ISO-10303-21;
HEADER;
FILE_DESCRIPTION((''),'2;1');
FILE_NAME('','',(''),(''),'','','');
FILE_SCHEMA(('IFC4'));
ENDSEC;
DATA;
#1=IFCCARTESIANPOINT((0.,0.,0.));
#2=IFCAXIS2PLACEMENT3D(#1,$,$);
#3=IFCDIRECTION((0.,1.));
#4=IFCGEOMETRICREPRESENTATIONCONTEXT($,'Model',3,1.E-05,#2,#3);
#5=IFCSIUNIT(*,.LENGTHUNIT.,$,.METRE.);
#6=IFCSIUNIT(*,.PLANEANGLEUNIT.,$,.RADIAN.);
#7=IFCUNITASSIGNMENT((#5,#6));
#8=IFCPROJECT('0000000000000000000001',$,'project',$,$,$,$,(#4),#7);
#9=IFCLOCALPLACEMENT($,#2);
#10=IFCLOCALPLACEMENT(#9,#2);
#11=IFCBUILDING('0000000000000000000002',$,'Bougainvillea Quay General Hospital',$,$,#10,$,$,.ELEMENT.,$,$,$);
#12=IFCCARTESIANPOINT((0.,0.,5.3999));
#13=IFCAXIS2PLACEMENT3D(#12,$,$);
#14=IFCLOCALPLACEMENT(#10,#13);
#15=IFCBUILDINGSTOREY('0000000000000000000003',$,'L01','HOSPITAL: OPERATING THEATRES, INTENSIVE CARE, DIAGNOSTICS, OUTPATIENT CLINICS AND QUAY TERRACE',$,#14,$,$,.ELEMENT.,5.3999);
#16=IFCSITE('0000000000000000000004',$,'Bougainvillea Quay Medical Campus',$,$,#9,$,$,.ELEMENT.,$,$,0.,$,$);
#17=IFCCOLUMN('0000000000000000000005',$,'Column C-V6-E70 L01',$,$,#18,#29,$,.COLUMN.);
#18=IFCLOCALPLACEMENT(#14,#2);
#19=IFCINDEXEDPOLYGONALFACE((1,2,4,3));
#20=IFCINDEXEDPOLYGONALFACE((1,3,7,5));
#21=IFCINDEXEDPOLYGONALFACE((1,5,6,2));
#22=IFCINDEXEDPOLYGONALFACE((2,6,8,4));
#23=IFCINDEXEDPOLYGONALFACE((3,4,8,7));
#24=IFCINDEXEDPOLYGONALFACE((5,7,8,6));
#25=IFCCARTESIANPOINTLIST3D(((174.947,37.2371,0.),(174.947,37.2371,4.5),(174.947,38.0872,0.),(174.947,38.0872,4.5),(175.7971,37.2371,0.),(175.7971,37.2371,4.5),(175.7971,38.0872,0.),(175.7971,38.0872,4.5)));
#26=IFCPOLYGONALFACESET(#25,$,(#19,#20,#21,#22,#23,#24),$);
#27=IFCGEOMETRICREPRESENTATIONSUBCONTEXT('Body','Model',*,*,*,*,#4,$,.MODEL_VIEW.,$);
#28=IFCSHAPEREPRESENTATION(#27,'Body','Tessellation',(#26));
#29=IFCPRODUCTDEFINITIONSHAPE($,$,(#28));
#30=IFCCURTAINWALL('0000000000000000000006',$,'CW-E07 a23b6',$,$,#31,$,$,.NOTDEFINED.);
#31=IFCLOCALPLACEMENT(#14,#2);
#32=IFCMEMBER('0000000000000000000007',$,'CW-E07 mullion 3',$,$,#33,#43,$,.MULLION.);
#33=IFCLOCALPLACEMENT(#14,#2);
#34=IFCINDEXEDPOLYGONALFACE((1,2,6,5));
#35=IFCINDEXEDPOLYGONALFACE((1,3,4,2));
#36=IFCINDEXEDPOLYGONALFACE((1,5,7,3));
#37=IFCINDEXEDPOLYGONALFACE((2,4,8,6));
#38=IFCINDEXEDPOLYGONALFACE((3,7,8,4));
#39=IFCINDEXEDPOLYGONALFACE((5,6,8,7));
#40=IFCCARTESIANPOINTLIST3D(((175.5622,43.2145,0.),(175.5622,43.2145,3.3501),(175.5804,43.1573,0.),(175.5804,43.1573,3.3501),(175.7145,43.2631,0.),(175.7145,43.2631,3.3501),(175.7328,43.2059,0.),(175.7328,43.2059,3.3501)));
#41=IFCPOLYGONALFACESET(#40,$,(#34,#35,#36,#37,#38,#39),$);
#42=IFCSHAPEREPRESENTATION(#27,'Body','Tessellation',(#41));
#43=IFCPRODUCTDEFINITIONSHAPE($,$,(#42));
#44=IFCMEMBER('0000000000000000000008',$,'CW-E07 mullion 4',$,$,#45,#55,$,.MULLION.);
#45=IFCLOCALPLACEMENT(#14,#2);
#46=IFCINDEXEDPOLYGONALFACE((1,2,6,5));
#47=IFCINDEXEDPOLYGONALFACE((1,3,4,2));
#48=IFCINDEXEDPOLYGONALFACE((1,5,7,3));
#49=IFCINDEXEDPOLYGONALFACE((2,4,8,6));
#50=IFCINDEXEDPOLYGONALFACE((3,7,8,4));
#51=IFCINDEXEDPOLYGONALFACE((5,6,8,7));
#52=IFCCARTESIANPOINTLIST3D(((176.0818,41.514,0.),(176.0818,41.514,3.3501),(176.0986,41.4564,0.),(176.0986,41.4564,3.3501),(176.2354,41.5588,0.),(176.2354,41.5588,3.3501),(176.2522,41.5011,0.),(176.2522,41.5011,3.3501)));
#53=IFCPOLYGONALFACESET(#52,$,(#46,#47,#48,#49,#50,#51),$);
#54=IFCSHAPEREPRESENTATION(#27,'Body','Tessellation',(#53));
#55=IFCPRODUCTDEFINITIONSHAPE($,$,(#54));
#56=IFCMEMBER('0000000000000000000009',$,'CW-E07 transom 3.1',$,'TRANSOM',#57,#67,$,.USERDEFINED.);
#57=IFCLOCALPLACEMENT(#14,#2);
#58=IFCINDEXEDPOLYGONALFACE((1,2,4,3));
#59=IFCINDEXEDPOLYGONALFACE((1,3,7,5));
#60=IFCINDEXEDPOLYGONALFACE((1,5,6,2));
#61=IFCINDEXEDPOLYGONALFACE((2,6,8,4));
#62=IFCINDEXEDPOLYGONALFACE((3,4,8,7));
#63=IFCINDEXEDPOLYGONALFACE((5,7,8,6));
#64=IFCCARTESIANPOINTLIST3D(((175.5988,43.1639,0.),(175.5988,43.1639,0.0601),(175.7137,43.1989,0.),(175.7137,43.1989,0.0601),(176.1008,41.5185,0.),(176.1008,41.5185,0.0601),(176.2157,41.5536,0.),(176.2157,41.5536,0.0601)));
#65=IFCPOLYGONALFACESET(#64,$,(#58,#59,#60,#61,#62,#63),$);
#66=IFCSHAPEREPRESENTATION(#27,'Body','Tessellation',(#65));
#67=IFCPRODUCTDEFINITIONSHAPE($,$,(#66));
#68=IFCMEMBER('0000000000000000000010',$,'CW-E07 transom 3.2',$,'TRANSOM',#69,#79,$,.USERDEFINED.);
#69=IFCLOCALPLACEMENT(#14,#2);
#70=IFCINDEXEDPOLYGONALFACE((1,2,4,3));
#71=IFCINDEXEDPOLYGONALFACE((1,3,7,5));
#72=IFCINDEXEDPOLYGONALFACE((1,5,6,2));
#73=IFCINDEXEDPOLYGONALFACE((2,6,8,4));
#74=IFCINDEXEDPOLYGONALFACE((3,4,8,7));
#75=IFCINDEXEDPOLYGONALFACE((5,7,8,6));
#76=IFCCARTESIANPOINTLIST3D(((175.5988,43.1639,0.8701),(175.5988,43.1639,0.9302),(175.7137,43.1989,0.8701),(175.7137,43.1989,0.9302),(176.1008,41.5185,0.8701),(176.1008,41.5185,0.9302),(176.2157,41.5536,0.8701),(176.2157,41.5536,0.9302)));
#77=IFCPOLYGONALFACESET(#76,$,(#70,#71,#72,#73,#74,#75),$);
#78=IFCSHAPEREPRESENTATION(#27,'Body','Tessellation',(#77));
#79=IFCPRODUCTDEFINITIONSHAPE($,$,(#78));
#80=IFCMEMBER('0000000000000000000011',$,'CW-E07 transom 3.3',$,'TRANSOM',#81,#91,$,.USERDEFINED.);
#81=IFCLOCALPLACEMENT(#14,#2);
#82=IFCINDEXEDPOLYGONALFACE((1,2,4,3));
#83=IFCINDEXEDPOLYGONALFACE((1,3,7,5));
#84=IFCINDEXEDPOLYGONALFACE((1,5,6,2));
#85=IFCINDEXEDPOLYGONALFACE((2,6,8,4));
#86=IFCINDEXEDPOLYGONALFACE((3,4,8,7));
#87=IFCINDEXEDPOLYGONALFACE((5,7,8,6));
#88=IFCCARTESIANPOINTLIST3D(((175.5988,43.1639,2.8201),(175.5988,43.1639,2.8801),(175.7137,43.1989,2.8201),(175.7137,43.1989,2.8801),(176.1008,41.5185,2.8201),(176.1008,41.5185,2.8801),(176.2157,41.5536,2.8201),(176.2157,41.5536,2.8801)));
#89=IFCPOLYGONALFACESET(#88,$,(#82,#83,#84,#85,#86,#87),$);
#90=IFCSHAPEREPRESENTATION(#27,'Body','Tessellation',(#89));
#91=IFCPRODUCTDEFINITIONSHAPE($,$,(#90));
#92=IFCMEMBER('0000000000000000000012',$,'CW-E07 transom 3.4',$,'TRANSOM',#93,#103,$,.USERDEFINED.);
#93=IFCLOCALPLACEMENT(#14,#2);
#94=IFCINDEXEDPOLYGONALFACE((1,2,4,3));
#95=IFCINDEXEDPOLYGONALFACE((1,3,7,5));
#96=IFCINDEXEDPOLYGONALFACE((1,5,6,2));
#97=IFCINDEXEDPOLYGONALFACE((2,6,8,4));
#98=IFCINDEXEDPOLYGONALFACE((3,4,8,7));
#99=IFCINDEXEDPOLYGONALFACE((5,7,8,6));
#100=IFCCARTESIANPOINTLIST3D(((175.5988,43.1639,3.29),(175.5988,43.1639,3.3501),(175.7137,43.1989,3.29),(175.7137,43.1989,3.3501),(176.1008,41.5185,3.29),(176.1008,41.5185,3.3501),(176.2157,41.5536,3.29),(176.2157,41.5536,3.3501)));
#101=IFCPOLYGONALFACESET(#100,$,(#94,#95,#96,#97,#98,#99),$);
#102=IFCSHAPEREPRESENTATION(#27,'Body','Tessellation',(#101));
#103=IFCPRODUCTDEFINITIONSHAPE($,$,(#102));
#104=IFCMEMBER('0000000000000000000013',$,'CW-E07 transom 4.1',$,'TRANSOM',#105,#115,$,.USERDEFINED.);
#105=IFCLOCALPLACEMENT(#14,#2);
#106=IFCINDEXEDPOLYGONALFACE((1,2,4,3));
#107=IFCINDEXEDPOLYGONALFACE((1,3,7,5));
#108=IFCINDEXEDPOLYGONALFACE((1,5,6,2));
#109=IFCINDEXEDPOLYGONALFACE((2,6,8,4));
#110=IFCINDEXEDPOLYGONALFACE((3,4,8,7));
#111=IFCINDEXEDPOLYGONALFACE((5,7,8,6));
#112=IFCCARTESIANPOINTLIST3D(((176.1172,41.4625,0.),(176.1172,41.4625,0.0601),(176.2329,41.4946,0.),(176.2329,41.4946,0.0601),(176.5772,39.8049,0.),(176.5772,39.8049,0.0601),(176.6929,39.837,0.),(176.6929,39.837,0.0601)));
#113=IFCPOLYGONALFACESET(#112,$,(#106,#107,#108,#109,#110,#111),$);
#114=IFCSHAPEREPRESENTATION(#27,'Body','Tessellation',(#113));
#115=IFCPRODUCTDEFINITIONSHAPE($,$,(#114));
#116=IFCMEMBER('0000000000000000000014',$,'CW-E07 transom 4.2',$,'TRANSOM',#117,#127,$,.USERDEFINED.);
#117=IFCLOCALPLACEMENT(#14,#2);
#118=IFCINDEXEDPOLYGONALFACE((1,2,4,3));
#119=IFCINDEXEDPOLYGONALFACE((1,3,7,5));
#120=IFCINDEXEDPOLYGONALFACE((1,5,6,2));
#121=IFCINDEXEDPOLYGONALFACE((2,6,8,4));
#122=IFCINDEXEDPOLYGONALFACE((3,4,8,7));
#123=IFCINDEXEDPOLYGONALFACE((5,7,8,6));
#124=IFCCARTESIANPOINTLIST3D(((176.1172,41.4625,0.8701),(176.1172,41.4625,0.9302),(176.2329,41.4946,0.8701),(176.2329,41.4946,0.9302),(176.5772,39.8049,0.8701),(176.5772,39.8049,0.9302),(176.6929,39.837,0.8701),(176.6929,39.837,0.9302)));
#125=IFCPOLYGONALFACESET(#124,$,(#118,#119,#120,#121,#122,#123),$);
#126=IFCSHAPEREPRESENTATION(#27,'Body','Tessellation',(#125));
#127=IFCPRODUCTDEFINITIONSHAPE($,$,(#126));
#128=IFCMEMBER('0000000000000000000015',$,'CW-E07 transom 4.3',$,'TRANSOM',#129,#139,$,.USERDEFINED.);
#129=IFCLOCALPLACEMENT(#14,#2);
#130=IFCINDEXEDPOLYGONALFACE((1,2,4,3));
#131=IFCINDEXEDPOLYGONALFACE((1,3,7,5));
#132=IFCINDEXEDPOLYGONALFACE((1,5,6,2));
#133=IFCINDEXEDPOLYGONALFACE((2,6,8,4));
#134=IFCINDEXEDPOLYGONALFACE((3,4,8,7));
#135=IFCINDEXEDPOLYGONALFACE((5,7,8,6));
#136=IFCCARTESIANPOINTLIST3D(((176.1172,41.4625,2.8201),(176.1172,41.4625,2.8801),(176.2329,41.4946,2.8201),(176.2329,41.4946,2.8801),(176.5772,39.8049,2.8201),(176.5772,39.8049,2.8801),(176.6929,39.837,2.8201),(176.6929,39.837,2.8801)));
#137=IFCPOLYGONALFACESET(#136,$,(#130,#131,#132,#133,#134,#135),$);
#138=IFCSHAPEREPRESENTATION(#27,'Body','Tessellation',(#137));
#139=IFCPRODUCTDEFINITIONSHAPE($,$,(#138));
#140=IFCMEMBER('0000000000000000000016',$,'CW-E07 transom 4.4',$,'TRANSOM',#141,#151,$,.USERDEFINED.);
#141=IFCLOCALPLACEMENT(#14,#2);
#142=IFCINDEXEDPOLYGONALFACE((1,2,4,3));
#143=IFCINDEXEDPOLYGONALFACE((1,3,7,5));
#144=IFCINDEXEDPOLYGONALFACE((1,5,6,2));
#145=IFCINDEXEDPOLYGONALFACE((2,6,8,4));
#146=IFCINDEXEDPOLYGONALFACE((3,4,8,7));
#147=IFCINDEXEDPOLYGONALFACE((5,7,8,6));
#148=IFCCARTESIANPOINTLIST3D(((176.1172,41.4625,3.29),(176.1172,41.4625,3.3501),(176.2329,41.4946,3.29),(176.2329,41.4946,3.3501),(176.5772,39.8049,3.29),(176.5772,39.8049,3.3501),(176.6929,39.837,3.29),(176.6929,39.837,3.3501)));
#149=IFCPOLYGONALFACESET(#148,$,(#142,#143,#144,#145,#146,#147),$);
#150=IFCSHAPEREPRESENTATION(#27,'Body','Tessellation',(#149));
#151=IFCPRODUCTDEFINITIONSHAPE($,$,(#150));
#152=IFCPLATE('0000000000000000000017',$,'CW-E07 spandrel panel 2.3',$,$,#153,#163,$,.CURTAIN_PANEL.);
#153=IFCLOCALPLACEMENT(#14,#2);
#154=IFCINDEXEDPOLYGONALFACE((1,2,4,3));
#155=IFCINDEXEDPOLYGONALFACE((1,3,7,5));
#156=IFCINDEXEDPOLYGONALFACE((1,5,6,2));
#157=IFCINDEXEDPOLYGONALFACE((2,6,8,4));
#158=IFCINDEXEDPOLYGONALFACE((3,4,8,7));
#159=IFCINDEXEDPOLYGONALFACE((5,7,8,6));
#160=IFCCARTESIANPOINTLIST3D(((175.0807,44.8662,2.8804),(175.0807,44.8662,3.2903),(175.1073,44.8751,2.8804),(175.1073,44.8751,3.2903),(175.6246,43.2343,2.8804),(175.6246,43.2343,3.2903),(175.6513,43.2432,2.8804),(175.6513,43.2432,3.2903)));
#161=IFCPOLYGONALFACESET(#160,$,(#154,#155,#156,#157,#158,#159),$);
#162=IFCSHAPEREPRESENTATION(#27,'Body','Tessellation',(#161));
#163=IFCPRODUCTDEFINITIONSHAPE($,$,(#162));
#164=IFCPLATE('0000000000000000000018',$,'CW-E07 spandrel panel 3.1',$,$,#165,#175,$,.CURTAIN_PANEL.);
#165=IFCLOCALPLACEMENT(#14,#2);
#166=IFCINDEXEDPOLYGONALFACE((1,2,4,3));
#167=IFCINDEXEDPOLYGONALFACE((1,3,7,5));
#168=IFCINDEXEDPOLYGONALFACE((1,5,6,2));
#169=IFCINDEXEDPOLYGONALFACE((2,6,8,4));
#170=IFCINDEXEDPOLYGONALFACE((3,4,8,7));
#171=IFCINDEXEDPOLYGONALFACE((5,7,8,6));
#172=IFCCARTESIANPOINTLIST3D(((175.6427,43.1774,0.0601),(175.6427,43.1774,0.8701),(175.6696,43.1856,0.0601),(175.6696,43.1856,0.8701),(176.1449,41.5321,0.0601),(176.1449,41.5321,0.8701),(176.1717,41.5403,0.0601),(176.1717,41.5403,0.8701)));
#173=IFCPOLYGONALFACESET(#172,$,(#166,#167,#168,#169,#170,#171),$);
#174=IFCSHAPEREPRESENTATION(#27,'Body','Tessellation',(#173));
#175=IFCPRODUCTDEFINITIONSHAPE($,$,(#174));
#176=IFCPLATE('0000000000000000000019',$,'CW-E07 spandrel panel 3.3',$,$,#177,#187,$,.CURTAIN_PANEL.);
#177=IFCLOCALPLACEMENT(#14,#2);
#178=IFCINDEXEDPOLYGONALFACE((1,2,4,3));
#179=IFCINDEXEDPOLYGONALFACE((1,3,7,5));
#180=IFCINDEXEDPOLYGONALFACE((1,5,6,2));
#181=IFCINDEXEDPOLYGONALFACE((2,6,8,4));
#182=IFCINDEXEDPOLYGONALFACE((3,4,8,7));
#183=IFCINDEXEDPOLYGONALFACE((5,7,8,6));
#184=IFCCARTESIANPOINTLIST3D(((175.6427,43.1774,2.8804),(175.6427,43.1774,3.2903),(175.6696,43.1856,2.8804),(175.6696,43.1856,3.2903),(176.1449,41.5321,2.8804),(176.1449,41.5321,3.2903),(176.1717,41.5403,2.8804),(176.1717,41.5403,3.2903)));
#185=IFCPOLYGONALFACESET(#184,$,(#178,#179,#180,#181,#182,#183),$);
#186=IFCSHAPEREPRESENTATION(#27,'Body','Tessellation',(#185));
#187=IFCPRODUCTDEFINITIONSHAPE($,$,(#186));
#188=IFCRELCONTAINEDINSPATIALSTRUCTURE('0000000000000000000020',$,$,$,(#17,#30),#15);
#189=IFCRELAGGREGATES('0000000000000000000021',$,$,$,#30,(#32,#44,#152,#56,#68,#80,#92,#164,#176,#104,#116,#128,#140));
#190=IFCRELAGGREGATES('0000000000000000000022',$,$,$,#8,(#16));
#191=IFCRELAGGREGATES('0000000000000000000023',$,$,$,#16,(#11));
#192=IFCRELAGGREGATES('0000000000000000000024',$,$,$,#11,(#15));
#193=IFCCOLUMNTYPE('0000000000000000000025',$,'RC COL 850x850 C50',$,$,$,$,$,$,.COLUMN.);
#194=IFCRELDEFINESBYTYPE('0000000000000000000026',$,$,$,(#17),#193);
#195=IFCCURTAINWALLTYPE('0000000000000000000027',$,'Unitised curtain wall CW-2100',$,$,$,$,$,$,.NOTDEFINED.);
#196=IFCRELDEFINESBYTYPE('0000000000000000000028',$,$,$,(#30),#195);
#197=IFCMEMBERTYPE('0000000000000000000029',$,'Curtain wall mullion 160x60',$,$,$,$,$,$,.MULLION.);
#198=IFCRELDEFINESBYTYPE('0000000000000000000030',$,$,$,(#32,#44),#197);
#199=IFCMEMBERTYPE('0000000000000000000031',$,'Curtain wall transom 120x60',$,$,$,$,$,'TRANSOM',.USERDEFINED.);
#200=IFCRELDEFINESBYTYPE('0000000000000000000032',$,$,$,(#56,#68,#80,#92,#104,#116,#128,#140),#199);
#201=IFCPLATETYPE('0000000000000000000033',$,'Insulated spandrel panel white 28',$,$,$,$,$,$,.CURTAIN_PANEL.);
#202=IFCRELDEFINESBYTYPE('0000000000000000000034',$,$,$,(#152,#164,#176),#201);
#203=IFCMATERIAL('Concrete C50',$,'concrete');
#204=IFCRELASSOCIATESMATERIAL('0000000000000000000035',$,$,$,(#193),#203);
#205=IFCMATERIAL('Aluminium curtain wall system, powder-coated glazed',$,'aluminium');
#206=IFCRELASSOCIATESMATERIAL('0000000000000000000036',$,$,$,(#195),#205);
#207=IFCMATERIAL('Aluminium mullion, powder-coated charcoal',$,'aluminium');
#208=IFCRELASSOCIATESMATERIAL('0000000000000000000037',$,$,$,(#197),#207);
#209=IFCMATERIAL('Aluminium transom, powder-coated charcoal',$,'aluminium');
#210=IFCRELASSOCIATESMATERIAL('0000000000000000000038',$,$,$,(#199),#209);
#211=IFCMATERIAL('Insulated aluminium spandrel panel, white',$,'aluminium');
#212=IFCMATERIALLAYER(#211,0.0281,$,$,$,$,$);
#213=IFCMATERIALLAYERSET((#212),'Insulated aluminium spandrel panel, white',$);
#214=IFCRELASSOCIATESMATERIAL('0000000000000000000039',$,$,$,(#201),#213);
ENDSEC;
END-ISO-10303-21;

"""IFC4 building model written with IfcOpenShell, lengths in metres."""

from ifc_helpers import new_model, si_unit, direction, frame, origin, origin_2d, place, context, subcontext, project, spatial, rectangle, extrude, material, layer, layer_set, material_profile, profile_set, type_object, element, aggregate, save


model = new_model("IFC4")

# Units and contexts
model_context = context("Model", 3, precision=1e-05, world=origin(), true_north=direction((0.0, 1.0)))
body_context = subcontext(model_context, "Body", "Model", "MODEL_VIEW")
ifc_project = project(units=[si_unit("LENGTHUNIT", "METRE"), si_unit("PLANEANGLEUNIT", "RADIAN")], contexts=[model_context])

# Site, building, storey
site_placement = place(None, origin())
site = spatial("IfcSite", under=ifc_project, at=site_placement, Name="Bougainvillea Quay Medical Campus", CompositionType="ELEMENT", RefElevation=0.0)
building_placement = place(site_placement, origin())
building = spatial("IfcBuilding", under=site, at=building_placement, Name="Bougainvillea Quay General Hospital", CompositionType="ELEMENT")
storey_placement = place(building_placement, frame((0.0, 0.0, 5.3999)))
storey = spatial("IfcBuildingStorey", under=building, at=storey_placement, Name="L01", Description="HOSPITAL: OPERATING THEATRES, INTENSIVE CARE, DIAGNOSTICS, OUTPATIENT CLINICS AND QUAY TERRACE", CompositionType="ELEMENT", Elevation=5.3999)

# Column
ifc_material_1 = material(Name="Concrete C50", Category="concrete")
ifc_material_profile_1 = material_profile(ifc_material_1, rectangle(XDim=0.8501, YDim=0.8501, at=origin_2d()))
ifc_profile_set_1 = profile_set([ifc_material_profile_1], Name="Concrete C50")
column_type = type_object("IfcColumnType", Name="RC COL 850x850 C50", PredefinedType="COLUMN", material=ifc_profile_set_1)
column_placement = place(storey_placement, frame((175.3721, 37.6621, 0.0), z_axis=(0.0, 0.0, 1.0), x_axis=(1.0, 0.0, 0.0)))
element("IfcColumn", 1, at=column_placement, inside=storey, type_object=column_type, Name="Column C-V6-E70 L01", PredefinedType="COLUMN", context=body_context, shape_type="SweptSolid", body=[
    extrude(rectangle(XDim=0.8501, YDim=0.8501, at=origin_2d()), origin(), (0.0, 0.0, 1.0), 4.5),
])

# Curtain wall, members, plates
ifc_material_2 = material(Name="Aluminium curtain wall system, powder-coated glazed", Category="aluminium")
curtain_wall_type = type_object("IfcCurtainWallType", Name="Unitised curtain wall CW-2100", PredefinedType="NOTDEFINED", material=ifc_material_2)
curtain_wall_placement = place(storey_placement, origin())
curtain_wall = element("IfcCurtainWall", 2, at=curtain_wall_placement, inside=storey, type_object=curtain_wall_type, Name="CW-E07 a23b6", PredefinedType="NOTDEFINED")
ifc_material_3 = material(Name="Aluminium mullion, powder-coated charcoal", Category="aluminium")
ifc_material_profile_2 = material_profile(ifc_material_3, rectangle(XDim=0.1599, YDim=0.0601, at=origin_2d()))
ifc_profile_set_2 = profile_set([ifc_material_profile_2], Name="Aluminium mullion, powder-coated charcoal")
member_type_1 = type_object("IfcMemberType", Name="Curtain wall mullion 160x60", PredefinedType="MULLION", material=ifc_profile_set_2)
member_1_placement = place(storey_placement, frame((175.6475, 43.2102, 0.0), z_axis=(0.0, 0.0, 1.0), x_axis=(0.952644, 0.304086, 0.0)))
member_1 = element("IfcMember", 3, at=member_1_placement, type_object=member_type_1, Name="CW-E07 mullion 3", PredefinedType="MULLION", context=body_context, shape_type="SweptSolid", body=[
    extrude(rectangle(XDim=0.1599, YDim=0.0601, at=origin_2d()), origin(), (0.0, 0.0, 1.0), 3.3501),
])
member_2_placement = place(storey_placement, frame((176.167, 41.5076, 0.0), z_axis=(0.0, 0.0, 1.0), x_axis=(0.960095, 0.279675, 0.0)))
member_2 = element("IfcMember", 4, at=member_2_placement, type_object=member_type_1, Name="CW-E07 mullion 4", PredefinedType="MULLION", context=body_context, shape_type="SweptSolid", body=[
    extrude(rectangle(XDim=0.1599, YDim=0.0601, at=origin_2d()), origin(), (0.0, 0.0, 1.0), 3.3501),
])
ifc_material_4 = material(Name="Aluminium transom, powder-coated charcoal", Category="aluminium")
ifc_material_profile_3 = material_profile(ifc_material_4, rectangle(XDim=0.1201, YDim=0.0601, at=origin_2d()))
ifc_profile_set_3 = profile_set([ifc_material_profile_3], Name="Aluminium transom, powder-coated charcoal")
member_type_2 = type_object("IfcMemberType", Name="Curtain wall transom 120x60", ElementType="TRANSOM", PredefinedType="USERDEFINED", material=ifc_profile_set_3)
member_3_placement = place(storey_placement, frame((175.6562, 43.1814, 0.03), z_axis=(0.291811, -0.956476, 0.0), x_axis=(0.956476, 0.291811, 0.0)))
member_3 = element("IfcMember", 5, at=member_3_placement, type_object=member_type_2, Name="CW-E07 transom 3.1", ObjectType="TRANSOM", PredefinedType="USERDEFINED", context=body_context, shape_type="SweptSolid", body=[
    extrude(rectangle(XDim=0.1201, YDim=0.0601, at=origin_2d()), origin(), (0.0, 0.0, 1.0), 1.7202),
])
member_4_placement = place(storey_placement, frame((175.6562, 43.1814, 0.9001), z_axis=(0.291811, -0.956476, 0.0), x_axis=(0.956476, 0.291811, 0.0)))
member_4 = element("IfcMember", 6, at=member_4_placement, type_object=member_type_2, Name="CW-E07 transom 3.2", ObjectType="TRANSOM", PredefinedType="USERDEFINED", context=body_context, shape_type="SweptSolid", body=[
    extrude(rectangle(XDim=0.1201, YDim=0.0601, at=origin_2d()), origin(), (0.0, 0.0, 1.0), 1.7202),
])
member_5_placement = place(storey_placement, frame((175.6562, 43.1814, 2.8501), z_axis=(0.291811, -0.956476, 0.0), x_axis=(0.956476, 0.291811, 0.0)))
member_5 = element("IfcMember", 7, at=member_5_placement, type_object=member_type_2, Name="CW-E07 transom 3.3", ObjectType="TRANSOM", PredefinedType="USERDEFINED", context=body_context, shape_type="SweptSolid", body=[
    extrude(rectangle(XDim=0.1201, YDim=0.0601, at=origin_2d()), origin(), (0.0, 0.0, 1.0), 1.7202),
])
member_6_placement = place(storey_placement, frame((175.6562, 43.1814, 3.3201), z_axis=(0.291811, -0.956476, 0.0), x_axis=(0.956476, 0.291811, 0.0)))
member_6 = element("IfcMember", 8, at=member_6_placement, type_object=member_type_2, Name="CW-E07 transom 3.4", ObjectType="TRANSOM", PredefinedType="USERDEFINED", context=body_context, shape_type="SweptSolid", body=[
    extrude(rectangle(XDim=0.1201, YDim=0.0601, at=origin_2d()), origin(), (0.0, 0.0, 1.0), 1.7202),
])
member_7_placement = place(storey_placement, frame((176.175, 41.4785, 0.03), z_axis=(0.267402, -0.963585, 0.0), x_axis=(0.963585, 0.267402, 0.0)))
member_7 = element("IfcMember", 9, at=member_7_placement, type_object=member_type_2, Name="CW-E07 transom 4.1", ObjectType="TRANSOM", PredefinedType="USERDEFINED", context=body_context, shape_type="SweptSolid", body=[
    extrude(rectangle(XDim=0.1201, YDim=0.0601, at=origin_2d()), origin(), (0.0, 0.0, 1.0), 1.7202),
])
member_8_placement = place(storey_placement, frame((176.175, 41.4785, 0.9001), z_axis=(0.267402, -0.963585, 0.0), x_axis=(0.963585, 0.267402, 0.0)))
member_8 = element("IfcMember", 10, at=member_8_placement, type_object=member_type_2, Name="CW-E07 transom 4.2", ObjectType="TRANSOM", PredefinedType="USERDEFINED", context=body_context, shape_type="SweptSolid", body=[
    extrude(rectangle(XDim=0.1201, YDim=0.0601, at=origin_2d()), origin(), (0.0, 0.0, 1.0), 1.7202),
])
member_9_placement = place(storey_placement, frame((176.175, 41.4785, 2.8501), z_axis=(0.267402, -0.963585, 0.0), x_axis=(0.963585, 0.267402, 0.0)))
member_9 = element("IfcMember", 11, at=member_9_placement, type_object=member_type_2, Name="CW-E07 transom 4.3", ObjectType="TRANSOM", PredefinedType="USERDEFINED", context=body_context, shape_type="SweptSolid", body=[
    extrude(rectangle(XDim=0.1201, YDim=0.0601, at=origin_2d()), origin(), (0.0, 0.0, 1.0), 1.7202),
])
member_10_placement = place(storey_placement, frame((176.175, 41.4785, 3.3201), z_axis=(0.267402, -0.963585, 0.0), x_axis=(0.963585, 0.267402, 0.0)))
member_10 = element("IfcMember", 12, at=member_10_placement, type_object=member_type_2, Name="CW-E07 transom 4.4", ObjectType="TRANSOM", PredefinedType="USERDEFINED", context=body_context, shape_type="SweptSolid", body=[
    extrude(rectangle(XDim=0.1201, YDim=0.0601, at=origin_2d()), origin(), (0.0, 0.0, 1.0), 1.7202),
])
ifc_material_5 = material(Name="Insulated aluminium spandrel panel, white", Category="aluminium")
ifc_layer_1 = layer(ifc_material_5, 0.0281)
ifc_layer_set_1 = layer_set([ifc_layer_1], Name="Insulated aluminium spandrel panel, white")
plate_type_1 = type_object("IfcPlateType", Name="Insulated spandrel panel white 28", PredefinedType="CURTAIN_PANEL", material=ifc_layer_set_1)
plate_1_placement = place(storey_placement, frame((175.366, 44.0547, 2.8804), z_axis=(0.0, 0.0, 1.0), x_axis=(0.316219, -0.948686, 0.0)))
plate_1 = element("IfcPlate", 13, at=plate_1_placement, type_object=plate_type_1, Name="CW-E07 spandrel panel 2.3", PredefinedType="CURTAIN_PANEL", context=body_context, shape_type="SweptSolid", body=[
    extrude(rectangle(XDim=1.7202, YDim=0.0281, at=origin_2d()), origin(), (0.0, 0.0, 1.0), 0.4099),
])
plate_2_placement = place(storey_placement, frame((175.9072, 42.3589, 0.0601), z_axis=(0.0, 0.0, 1.0), x_axis=(0.291904, -0.956448, 0.0)))
plate_2 = element("IfcPlate", 14, at=plate_2_placement, type_object=plate_type_1, Name="CW-E07 spandrel panel 3.1", PredefinedType="CURTAIN_PANEL", context=body_context, shape_type="SweptSolid", body=[
    extrude(rectangle(XDim=1.7202, YDim=0.0281, at=origin_2d()), origin(), (0.0, 0.0, 1.0), 0.8101),
])
plate_3_placement = place(storey_placement, frame((175.9072, 42.3589, 2.8804), z_axis=(0.0, 0.0, 1.0), x_axis=(0.291904, -0.956448, 0.0)))
plate_3 = element("IfcPlate", 15, at=plate_3_placement, type_object=plate_type_1, Name="CW-E07 spandrel panel 3.3", PredefinedType="CURTAIN_PANEL", context=body_context, shape_type="SweptSolid", body=[
    extrude(rectangle(XDim=1.7202, YDim=0.0281, at=origin_2d()), origin(), (0.0, 0.0, 1.0), 0.4099),
])
aggregate(curtain_wall, [member_1, member_2, plate_1, member_3, member_4, member_5, member_6, plate_2, plate_3, member_7, member_8, member_9, member_10])

save(model, "model.ifc")
